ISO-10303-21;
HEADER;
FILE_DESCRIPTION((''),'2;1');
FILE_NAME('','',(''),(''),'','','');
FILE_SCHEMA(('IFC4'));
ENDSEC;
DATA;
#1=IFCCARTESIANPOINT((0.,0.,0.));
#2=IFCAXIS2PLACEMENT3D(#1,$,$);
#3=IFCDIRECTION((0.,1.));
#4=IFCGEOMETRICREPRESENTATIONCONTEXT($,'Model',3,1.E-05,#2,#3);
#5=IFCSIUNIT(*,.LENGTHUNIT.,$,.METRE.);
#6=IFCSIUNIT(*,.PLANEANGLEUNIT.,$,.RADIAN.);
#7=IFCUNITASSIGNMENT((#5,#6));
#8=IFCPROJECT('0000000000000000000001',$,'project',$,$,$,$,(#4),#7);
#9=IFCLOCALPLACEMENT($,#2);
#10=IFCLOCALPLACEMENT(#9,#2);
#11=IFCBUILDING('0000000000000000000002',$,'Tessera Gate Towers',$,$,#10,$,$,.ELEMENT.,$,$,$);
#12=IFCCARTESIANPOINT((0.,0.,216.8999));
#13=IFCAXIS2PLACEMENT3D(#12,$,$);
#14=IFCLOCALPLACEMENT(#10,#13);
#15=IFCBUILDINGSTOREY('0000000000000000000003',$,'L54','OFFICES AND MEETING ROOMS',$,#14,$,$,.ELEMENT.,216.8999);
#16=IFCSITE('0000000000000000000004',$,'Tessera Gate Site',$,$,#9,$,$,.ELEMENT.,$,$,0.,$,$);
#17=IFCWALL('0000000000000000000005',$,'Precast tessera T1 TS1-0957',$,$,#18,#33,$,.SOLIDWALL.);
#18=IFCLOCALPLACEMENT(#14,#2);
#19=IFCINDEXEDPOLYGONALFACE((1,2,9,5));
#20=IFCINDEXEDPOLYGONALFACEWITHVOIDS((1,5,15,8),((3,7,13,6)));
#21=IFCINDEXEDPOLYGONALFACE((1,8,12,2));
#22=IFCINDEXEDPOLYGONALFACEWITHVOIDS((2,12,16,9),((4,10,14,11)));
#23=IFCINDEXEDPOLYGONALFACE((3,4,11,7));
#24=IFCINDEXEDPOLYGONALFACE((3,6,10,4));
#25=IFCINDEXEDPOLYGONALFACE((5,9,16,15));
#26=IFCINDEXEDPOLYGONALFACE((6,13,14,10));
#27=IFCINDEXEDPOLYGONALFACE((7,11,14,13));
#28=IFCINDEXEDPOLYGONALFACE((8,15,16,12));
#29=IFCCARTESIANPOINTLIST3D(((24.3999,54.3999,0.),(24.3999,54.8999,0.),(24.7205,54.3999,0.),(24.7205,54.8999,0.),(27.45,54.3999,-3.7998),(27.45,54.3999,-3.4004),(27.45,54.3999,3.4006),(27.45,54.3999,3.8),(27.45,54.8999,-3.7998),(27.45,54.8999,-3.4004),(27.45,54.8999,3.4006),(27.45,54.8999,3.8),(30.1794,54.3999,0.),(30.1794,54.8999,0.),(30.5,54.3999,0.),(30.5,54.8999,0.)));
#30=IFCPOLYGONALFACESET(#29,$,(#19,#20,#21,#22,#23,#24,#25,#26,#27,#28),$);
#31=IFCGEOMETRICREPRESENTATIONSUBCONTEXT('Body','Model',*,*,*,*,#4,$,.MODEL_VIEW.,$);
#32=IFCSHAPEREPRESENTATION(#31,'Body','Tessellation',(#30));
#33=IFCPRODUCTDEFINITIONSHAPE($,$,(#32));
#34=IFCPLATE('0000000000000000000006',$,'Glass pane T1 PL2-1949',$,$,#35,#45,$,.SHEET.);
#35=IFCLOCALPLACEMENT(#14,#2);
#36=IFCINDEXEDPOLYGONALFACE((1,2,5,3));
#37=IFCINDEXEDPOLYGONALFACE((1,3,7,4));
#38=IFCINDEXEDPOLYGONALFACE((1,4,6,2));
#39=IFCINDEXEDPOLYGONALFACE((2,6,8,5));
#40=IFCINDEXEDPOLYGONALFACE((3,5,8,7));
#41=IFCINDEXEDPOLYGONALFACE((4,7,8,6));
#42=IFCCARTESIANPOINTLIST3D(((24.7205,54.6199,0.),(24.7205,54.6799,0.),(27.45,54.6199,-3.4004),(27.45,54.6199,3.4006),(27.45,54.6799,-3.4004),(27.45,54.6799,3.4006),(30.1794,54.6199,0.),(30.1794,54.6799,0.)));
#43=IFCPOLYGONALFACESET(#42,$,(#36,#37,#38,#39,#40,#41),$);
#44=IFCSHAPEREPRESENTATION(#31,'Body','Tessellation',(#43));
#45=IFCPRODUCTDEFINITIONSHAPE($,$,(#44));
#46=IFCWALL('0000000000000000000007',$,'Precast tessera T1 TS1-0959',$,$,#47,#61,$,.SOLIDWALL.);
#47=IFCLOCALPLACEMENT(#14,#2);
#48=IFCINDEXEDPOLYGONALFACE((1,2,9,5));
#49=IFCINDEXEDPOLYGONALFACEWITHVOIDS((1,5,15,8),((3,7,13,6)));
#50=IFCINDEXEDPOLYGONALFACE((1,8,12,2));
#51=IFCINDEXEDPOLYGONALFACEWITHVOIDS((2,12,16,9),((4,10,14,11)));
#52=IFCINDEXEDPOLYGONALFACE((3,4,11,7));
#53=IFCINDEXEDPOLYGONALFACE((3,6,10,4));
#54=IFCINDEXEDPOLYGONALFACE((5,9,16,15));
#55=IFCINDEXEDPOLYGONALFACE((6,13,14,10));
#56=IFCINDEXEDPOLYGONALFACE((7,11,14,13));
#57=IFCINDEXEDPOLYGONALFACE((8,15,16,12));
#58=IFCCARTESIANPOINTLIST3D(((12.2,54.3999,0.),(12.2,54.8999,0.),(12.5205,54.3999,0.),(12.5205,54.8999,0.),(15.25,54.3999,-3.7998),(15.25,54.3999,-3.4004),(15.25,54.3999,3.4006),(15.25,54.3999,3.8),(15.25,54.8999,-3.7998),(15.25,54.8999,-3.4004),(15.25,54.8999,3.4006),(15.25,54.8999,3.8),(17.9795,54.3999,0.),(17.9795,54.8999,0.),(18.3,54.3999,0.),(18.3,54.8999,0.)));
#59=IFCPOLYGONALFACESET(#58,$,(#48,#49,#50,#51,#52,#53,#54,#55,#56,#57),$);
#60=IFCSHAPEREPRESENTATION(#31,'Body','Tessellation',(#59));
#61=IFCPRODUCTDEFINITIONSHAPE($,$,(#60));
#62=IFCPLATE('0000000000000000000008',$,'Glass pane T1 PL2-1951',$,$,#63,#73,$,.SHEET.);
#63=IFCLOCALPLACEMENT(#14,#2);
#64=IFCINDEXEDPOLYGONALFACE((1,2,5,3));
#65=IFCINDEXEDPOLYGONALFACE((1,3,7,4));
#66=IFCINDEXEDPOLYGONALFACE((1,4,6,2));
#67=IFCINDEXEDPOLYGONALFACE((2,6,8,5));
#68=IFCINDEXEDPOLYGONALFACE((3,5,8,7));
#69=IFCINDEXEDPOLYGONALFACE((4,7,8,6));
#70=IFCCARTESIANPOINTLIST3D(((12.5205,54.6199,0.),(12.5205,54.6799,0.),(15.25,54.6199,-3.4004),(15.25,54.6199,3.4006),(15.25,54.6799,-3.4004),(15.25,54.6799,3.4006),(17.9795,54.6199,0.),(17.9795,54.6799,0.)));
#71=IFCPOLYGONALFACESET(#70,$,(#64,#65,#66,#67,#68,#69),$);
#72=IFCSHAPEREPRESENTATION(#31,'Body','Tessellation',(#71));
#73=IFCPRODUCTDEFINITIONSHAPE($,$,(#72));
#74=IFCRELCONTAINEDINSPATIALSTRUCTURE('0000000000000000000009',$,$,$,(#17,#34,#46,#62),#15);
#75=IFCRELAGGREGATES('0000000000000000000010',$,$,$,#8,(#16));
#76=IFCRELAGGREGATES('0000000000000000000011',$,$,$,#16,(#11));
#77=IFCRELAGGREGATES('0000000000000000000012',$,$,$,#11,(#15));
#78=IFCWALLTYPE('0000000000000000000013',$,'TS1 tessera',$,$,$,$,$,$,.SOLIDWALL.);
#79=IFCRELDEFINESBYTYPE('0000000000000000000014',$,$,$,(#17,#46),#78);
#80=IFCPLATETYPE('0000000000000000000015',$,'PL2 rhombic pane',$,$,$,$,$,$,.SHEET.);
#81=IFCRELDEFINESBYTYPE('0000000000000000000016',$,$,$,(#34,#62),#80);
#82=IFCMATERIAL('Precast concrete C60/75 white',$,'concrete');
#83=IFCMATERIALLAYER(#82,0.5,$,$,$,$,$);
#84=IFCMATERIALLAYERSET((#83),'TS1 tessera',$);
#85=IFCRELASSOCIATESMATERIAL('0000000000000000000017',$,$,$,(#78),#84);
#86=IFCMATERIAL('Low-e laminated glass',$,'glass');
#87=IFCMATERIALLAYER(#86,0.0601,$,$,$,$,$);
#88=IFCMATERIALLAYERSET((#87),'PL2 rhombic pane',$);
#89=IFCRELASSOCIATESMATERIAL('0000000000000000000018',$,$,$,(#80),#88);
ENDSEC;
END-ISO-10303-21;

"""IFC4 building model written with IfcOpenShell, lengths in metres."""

from ifc_helpers import new_model, si_unit, direction, frame, origin, place, context, subcontext, project, spatial, polyline, outline, extrude, source, transform, mapped, material, layer, layer_set, type_object, element, fill, save


model = new_model("IFC4")

# Units and contexts
model_context = context("Model", 3, precision=1e-05, world=origin(), true_north=direction((0.0, 1.0)))
body_context = subcontext(model_context, "Body", "Model", "MODEL_VIEW")
ifc_project = project(units=[si_unit("LENGTHUNIT", "METRE"), si_unit("PLANEANGLEUNIT", "RADIAN")], contexts=[model_context])

# Site, building, storey
site_placement = place(None, origin())
site = spatial("IfcSite", under=ifc_project, at=site_placement, Name="Tessera Gate Site", CompositionType="ELEMENT", RefElevation=0.0)
building_placement = place(site_placement, origin())
building = spatial("IfcBuilding", under=site, at=building_placement, Name="Tessera Gate Towers", CompositionType="ELEMENT")
storey_placement = place(building_placement, frame((0.0, 0.0, 216.8999)))
storey = spatial("IfcBuildingStorey", under=building, at=storey_placement, Name="L54", Description="OFFICES AND MEETING ROOMS", CompositionType="ELEMENT", Elevation=216.8999)

# Walls, openings, plates
ifc_material_1 = material(Name="Precast concrete C60/75 white", Category="concrete")
ifc_layer_1 = layer(ifc_material_1, 0.5)
ifc_layer_set_1 = layer_set([ifc_layer_1], Name="TS1 tessera")
wall_type_1 = type_object("IfcWallType", Name="TS1 tessera", PredefinedType="SOLIDWALL", material=ifc_layer_set_1)
shared_shape_1 = source(origin(), body_context, "Body", "SweptSolid", [
    extrude(outline(polyline([(3.05, 0.0), (6.1001, 3.7998), (3.05, 7.5999), (0.0, 3.7998), (3.05, 0.0)])), frame((0.0, 0.25, 0.0), z_axis=(0.0, -1.0, 0.0), x_axis=(1.0, 0.0, 0.0)), (0.0, 0.0, 1.0), 0.5),
])
wall_1_placement = place(storey_placement, frame((30.5, 54.6499, -3.7998), z_axis=(0.0, 0.0, 1.0), x_axis=(-1.0, 0.0, 0.0)))
wall_1 = element("IfcWall", 1, at=wall_1_placement, inside=storey, type_object=wall_type_1, Name="Precast tessera T1 TS1-0957", PredefinedType="SOLIDWALL", context=body_context, shape_type="MappedRepresentation", body=[
    mapped(shared_shape_1, transform((0.0, 0.0, 0.0), scale=1.0)),
])
shared_shape_2 = source(origin(), body_context, "Body", "SweptSolid", [
    extrude(outline(polyline([(3.05, 0.3994), (5.7795, 3.7998), (3.05, 7.2004), (0.3206, 3.7998), (3.05, 0.3994)])), frame((0.0, 0.26, 0.0), z_axis=(0.0, -1.0, 0.0), x_axis=(1.0, 0.0, 0.0)), (0.0, 0.0, 1.0), 0.52),
])
opening_1_placement = place(wall_1_placement, origin())
opening_1 = element("IfcOpeningElement", 2, at=opening_1_placement, cuts=wall_1, PredefinedType="OPENING", context=body_context, shape_type="MappedRepresentation", body=[
    mapped(shared_shape_2, transform((0.0, 0.0, 0.0), scale=1.0)),
])
ifc_material_2 = material(Name="Low-e laminated glass", Category="glass")
ifc_layer_2 = layer(ifc_material_2, 0.0601)
ifc_layer_set_2 = layer_set([ifc_layer_2], Name="PL2 rhombic pane")
plate_type = type_object("IfcPlateType", Name="PL2 rhombic pane", PredefinedType="SHEET", material=ifc_layer_set_2)
shared_shape_3 = source(origin(), body_context, "Body", "SweptSolid", [
    extrude(outline(polyline([(3.05, 0.3994), (5.7795, 3.7998), (3.05, 7.2004), (0.3206, 3.7998), (3.05, 0.3994)])), frame((0.0, 0.03, 0.0), z_axis=(0.0, -1.0, 0.0), x_axis=(1.0, 0.0, 0.0)), (0.0, 0.0, 1.0), 0.0601),
])
plate_1_placement = place(opening_1_placement, origin())
plate_1 = element("IfcPlate", 3, at=plate_1_placement, inside=storey, type_object=plate_type, Name="Glass pane T1 PL2-1949", PredefinedType="SHEET", context=body_context, shape_type="MappedRepresentation", body=[
    mapped(shared_shape_3, transform((0.0, 0.0, 0.0), scale=1.0)),
])
fill(opening_1, plate_1)
wall_2_placement = place(storey_placement, frame((18.3, 54.6499, -3.7998), z_axis=(0.0, 0.0, 1.0), x_axis=(-1.0, 0.0, 0.0)))
wall_2 = element("IfcWall", 4, at=wall_2_placement, inside=storey, type_object=wall_type_1, Name="Precast tessera T1 TS1-0959", PredefinedType="SOLIDWALL", context=body_context, shape_type="MappedRepresentation", body=[
    mapped(shared_shape_1, transform((0.0, 0.0, 0.0), scale=1.0)),
])
opening_2_placement = place(wall_2_placement, origin())
opening_2 = element("IfcOpeningElement", 5, at=opening_2_placement, cuts=wall_2, PredefinedType="OPENING", context=body_context, shape_type="MappedRepresentation", body=[
    mapped(shared_shape_2, transform((0.0, 0.0, 0.0), scale=1.0)),
])
plate_2_placement = place(opening_2_placement, origin())
plate_2 = element("IfcPlate", 6, at=plate_2_placement, inside=storey, type_object=plate_type, Name="Glass pane T1 PL2-1951", PredefinedType="SHEET", context=body_context, shape_type="MappedRepresentation", body=[
    mapped(shared_shape_3, transform((0.0, 0.0, 0.0), scale=1.0)),
])
fill(opening_2, plate_2)

save(model, "model.ifc")
